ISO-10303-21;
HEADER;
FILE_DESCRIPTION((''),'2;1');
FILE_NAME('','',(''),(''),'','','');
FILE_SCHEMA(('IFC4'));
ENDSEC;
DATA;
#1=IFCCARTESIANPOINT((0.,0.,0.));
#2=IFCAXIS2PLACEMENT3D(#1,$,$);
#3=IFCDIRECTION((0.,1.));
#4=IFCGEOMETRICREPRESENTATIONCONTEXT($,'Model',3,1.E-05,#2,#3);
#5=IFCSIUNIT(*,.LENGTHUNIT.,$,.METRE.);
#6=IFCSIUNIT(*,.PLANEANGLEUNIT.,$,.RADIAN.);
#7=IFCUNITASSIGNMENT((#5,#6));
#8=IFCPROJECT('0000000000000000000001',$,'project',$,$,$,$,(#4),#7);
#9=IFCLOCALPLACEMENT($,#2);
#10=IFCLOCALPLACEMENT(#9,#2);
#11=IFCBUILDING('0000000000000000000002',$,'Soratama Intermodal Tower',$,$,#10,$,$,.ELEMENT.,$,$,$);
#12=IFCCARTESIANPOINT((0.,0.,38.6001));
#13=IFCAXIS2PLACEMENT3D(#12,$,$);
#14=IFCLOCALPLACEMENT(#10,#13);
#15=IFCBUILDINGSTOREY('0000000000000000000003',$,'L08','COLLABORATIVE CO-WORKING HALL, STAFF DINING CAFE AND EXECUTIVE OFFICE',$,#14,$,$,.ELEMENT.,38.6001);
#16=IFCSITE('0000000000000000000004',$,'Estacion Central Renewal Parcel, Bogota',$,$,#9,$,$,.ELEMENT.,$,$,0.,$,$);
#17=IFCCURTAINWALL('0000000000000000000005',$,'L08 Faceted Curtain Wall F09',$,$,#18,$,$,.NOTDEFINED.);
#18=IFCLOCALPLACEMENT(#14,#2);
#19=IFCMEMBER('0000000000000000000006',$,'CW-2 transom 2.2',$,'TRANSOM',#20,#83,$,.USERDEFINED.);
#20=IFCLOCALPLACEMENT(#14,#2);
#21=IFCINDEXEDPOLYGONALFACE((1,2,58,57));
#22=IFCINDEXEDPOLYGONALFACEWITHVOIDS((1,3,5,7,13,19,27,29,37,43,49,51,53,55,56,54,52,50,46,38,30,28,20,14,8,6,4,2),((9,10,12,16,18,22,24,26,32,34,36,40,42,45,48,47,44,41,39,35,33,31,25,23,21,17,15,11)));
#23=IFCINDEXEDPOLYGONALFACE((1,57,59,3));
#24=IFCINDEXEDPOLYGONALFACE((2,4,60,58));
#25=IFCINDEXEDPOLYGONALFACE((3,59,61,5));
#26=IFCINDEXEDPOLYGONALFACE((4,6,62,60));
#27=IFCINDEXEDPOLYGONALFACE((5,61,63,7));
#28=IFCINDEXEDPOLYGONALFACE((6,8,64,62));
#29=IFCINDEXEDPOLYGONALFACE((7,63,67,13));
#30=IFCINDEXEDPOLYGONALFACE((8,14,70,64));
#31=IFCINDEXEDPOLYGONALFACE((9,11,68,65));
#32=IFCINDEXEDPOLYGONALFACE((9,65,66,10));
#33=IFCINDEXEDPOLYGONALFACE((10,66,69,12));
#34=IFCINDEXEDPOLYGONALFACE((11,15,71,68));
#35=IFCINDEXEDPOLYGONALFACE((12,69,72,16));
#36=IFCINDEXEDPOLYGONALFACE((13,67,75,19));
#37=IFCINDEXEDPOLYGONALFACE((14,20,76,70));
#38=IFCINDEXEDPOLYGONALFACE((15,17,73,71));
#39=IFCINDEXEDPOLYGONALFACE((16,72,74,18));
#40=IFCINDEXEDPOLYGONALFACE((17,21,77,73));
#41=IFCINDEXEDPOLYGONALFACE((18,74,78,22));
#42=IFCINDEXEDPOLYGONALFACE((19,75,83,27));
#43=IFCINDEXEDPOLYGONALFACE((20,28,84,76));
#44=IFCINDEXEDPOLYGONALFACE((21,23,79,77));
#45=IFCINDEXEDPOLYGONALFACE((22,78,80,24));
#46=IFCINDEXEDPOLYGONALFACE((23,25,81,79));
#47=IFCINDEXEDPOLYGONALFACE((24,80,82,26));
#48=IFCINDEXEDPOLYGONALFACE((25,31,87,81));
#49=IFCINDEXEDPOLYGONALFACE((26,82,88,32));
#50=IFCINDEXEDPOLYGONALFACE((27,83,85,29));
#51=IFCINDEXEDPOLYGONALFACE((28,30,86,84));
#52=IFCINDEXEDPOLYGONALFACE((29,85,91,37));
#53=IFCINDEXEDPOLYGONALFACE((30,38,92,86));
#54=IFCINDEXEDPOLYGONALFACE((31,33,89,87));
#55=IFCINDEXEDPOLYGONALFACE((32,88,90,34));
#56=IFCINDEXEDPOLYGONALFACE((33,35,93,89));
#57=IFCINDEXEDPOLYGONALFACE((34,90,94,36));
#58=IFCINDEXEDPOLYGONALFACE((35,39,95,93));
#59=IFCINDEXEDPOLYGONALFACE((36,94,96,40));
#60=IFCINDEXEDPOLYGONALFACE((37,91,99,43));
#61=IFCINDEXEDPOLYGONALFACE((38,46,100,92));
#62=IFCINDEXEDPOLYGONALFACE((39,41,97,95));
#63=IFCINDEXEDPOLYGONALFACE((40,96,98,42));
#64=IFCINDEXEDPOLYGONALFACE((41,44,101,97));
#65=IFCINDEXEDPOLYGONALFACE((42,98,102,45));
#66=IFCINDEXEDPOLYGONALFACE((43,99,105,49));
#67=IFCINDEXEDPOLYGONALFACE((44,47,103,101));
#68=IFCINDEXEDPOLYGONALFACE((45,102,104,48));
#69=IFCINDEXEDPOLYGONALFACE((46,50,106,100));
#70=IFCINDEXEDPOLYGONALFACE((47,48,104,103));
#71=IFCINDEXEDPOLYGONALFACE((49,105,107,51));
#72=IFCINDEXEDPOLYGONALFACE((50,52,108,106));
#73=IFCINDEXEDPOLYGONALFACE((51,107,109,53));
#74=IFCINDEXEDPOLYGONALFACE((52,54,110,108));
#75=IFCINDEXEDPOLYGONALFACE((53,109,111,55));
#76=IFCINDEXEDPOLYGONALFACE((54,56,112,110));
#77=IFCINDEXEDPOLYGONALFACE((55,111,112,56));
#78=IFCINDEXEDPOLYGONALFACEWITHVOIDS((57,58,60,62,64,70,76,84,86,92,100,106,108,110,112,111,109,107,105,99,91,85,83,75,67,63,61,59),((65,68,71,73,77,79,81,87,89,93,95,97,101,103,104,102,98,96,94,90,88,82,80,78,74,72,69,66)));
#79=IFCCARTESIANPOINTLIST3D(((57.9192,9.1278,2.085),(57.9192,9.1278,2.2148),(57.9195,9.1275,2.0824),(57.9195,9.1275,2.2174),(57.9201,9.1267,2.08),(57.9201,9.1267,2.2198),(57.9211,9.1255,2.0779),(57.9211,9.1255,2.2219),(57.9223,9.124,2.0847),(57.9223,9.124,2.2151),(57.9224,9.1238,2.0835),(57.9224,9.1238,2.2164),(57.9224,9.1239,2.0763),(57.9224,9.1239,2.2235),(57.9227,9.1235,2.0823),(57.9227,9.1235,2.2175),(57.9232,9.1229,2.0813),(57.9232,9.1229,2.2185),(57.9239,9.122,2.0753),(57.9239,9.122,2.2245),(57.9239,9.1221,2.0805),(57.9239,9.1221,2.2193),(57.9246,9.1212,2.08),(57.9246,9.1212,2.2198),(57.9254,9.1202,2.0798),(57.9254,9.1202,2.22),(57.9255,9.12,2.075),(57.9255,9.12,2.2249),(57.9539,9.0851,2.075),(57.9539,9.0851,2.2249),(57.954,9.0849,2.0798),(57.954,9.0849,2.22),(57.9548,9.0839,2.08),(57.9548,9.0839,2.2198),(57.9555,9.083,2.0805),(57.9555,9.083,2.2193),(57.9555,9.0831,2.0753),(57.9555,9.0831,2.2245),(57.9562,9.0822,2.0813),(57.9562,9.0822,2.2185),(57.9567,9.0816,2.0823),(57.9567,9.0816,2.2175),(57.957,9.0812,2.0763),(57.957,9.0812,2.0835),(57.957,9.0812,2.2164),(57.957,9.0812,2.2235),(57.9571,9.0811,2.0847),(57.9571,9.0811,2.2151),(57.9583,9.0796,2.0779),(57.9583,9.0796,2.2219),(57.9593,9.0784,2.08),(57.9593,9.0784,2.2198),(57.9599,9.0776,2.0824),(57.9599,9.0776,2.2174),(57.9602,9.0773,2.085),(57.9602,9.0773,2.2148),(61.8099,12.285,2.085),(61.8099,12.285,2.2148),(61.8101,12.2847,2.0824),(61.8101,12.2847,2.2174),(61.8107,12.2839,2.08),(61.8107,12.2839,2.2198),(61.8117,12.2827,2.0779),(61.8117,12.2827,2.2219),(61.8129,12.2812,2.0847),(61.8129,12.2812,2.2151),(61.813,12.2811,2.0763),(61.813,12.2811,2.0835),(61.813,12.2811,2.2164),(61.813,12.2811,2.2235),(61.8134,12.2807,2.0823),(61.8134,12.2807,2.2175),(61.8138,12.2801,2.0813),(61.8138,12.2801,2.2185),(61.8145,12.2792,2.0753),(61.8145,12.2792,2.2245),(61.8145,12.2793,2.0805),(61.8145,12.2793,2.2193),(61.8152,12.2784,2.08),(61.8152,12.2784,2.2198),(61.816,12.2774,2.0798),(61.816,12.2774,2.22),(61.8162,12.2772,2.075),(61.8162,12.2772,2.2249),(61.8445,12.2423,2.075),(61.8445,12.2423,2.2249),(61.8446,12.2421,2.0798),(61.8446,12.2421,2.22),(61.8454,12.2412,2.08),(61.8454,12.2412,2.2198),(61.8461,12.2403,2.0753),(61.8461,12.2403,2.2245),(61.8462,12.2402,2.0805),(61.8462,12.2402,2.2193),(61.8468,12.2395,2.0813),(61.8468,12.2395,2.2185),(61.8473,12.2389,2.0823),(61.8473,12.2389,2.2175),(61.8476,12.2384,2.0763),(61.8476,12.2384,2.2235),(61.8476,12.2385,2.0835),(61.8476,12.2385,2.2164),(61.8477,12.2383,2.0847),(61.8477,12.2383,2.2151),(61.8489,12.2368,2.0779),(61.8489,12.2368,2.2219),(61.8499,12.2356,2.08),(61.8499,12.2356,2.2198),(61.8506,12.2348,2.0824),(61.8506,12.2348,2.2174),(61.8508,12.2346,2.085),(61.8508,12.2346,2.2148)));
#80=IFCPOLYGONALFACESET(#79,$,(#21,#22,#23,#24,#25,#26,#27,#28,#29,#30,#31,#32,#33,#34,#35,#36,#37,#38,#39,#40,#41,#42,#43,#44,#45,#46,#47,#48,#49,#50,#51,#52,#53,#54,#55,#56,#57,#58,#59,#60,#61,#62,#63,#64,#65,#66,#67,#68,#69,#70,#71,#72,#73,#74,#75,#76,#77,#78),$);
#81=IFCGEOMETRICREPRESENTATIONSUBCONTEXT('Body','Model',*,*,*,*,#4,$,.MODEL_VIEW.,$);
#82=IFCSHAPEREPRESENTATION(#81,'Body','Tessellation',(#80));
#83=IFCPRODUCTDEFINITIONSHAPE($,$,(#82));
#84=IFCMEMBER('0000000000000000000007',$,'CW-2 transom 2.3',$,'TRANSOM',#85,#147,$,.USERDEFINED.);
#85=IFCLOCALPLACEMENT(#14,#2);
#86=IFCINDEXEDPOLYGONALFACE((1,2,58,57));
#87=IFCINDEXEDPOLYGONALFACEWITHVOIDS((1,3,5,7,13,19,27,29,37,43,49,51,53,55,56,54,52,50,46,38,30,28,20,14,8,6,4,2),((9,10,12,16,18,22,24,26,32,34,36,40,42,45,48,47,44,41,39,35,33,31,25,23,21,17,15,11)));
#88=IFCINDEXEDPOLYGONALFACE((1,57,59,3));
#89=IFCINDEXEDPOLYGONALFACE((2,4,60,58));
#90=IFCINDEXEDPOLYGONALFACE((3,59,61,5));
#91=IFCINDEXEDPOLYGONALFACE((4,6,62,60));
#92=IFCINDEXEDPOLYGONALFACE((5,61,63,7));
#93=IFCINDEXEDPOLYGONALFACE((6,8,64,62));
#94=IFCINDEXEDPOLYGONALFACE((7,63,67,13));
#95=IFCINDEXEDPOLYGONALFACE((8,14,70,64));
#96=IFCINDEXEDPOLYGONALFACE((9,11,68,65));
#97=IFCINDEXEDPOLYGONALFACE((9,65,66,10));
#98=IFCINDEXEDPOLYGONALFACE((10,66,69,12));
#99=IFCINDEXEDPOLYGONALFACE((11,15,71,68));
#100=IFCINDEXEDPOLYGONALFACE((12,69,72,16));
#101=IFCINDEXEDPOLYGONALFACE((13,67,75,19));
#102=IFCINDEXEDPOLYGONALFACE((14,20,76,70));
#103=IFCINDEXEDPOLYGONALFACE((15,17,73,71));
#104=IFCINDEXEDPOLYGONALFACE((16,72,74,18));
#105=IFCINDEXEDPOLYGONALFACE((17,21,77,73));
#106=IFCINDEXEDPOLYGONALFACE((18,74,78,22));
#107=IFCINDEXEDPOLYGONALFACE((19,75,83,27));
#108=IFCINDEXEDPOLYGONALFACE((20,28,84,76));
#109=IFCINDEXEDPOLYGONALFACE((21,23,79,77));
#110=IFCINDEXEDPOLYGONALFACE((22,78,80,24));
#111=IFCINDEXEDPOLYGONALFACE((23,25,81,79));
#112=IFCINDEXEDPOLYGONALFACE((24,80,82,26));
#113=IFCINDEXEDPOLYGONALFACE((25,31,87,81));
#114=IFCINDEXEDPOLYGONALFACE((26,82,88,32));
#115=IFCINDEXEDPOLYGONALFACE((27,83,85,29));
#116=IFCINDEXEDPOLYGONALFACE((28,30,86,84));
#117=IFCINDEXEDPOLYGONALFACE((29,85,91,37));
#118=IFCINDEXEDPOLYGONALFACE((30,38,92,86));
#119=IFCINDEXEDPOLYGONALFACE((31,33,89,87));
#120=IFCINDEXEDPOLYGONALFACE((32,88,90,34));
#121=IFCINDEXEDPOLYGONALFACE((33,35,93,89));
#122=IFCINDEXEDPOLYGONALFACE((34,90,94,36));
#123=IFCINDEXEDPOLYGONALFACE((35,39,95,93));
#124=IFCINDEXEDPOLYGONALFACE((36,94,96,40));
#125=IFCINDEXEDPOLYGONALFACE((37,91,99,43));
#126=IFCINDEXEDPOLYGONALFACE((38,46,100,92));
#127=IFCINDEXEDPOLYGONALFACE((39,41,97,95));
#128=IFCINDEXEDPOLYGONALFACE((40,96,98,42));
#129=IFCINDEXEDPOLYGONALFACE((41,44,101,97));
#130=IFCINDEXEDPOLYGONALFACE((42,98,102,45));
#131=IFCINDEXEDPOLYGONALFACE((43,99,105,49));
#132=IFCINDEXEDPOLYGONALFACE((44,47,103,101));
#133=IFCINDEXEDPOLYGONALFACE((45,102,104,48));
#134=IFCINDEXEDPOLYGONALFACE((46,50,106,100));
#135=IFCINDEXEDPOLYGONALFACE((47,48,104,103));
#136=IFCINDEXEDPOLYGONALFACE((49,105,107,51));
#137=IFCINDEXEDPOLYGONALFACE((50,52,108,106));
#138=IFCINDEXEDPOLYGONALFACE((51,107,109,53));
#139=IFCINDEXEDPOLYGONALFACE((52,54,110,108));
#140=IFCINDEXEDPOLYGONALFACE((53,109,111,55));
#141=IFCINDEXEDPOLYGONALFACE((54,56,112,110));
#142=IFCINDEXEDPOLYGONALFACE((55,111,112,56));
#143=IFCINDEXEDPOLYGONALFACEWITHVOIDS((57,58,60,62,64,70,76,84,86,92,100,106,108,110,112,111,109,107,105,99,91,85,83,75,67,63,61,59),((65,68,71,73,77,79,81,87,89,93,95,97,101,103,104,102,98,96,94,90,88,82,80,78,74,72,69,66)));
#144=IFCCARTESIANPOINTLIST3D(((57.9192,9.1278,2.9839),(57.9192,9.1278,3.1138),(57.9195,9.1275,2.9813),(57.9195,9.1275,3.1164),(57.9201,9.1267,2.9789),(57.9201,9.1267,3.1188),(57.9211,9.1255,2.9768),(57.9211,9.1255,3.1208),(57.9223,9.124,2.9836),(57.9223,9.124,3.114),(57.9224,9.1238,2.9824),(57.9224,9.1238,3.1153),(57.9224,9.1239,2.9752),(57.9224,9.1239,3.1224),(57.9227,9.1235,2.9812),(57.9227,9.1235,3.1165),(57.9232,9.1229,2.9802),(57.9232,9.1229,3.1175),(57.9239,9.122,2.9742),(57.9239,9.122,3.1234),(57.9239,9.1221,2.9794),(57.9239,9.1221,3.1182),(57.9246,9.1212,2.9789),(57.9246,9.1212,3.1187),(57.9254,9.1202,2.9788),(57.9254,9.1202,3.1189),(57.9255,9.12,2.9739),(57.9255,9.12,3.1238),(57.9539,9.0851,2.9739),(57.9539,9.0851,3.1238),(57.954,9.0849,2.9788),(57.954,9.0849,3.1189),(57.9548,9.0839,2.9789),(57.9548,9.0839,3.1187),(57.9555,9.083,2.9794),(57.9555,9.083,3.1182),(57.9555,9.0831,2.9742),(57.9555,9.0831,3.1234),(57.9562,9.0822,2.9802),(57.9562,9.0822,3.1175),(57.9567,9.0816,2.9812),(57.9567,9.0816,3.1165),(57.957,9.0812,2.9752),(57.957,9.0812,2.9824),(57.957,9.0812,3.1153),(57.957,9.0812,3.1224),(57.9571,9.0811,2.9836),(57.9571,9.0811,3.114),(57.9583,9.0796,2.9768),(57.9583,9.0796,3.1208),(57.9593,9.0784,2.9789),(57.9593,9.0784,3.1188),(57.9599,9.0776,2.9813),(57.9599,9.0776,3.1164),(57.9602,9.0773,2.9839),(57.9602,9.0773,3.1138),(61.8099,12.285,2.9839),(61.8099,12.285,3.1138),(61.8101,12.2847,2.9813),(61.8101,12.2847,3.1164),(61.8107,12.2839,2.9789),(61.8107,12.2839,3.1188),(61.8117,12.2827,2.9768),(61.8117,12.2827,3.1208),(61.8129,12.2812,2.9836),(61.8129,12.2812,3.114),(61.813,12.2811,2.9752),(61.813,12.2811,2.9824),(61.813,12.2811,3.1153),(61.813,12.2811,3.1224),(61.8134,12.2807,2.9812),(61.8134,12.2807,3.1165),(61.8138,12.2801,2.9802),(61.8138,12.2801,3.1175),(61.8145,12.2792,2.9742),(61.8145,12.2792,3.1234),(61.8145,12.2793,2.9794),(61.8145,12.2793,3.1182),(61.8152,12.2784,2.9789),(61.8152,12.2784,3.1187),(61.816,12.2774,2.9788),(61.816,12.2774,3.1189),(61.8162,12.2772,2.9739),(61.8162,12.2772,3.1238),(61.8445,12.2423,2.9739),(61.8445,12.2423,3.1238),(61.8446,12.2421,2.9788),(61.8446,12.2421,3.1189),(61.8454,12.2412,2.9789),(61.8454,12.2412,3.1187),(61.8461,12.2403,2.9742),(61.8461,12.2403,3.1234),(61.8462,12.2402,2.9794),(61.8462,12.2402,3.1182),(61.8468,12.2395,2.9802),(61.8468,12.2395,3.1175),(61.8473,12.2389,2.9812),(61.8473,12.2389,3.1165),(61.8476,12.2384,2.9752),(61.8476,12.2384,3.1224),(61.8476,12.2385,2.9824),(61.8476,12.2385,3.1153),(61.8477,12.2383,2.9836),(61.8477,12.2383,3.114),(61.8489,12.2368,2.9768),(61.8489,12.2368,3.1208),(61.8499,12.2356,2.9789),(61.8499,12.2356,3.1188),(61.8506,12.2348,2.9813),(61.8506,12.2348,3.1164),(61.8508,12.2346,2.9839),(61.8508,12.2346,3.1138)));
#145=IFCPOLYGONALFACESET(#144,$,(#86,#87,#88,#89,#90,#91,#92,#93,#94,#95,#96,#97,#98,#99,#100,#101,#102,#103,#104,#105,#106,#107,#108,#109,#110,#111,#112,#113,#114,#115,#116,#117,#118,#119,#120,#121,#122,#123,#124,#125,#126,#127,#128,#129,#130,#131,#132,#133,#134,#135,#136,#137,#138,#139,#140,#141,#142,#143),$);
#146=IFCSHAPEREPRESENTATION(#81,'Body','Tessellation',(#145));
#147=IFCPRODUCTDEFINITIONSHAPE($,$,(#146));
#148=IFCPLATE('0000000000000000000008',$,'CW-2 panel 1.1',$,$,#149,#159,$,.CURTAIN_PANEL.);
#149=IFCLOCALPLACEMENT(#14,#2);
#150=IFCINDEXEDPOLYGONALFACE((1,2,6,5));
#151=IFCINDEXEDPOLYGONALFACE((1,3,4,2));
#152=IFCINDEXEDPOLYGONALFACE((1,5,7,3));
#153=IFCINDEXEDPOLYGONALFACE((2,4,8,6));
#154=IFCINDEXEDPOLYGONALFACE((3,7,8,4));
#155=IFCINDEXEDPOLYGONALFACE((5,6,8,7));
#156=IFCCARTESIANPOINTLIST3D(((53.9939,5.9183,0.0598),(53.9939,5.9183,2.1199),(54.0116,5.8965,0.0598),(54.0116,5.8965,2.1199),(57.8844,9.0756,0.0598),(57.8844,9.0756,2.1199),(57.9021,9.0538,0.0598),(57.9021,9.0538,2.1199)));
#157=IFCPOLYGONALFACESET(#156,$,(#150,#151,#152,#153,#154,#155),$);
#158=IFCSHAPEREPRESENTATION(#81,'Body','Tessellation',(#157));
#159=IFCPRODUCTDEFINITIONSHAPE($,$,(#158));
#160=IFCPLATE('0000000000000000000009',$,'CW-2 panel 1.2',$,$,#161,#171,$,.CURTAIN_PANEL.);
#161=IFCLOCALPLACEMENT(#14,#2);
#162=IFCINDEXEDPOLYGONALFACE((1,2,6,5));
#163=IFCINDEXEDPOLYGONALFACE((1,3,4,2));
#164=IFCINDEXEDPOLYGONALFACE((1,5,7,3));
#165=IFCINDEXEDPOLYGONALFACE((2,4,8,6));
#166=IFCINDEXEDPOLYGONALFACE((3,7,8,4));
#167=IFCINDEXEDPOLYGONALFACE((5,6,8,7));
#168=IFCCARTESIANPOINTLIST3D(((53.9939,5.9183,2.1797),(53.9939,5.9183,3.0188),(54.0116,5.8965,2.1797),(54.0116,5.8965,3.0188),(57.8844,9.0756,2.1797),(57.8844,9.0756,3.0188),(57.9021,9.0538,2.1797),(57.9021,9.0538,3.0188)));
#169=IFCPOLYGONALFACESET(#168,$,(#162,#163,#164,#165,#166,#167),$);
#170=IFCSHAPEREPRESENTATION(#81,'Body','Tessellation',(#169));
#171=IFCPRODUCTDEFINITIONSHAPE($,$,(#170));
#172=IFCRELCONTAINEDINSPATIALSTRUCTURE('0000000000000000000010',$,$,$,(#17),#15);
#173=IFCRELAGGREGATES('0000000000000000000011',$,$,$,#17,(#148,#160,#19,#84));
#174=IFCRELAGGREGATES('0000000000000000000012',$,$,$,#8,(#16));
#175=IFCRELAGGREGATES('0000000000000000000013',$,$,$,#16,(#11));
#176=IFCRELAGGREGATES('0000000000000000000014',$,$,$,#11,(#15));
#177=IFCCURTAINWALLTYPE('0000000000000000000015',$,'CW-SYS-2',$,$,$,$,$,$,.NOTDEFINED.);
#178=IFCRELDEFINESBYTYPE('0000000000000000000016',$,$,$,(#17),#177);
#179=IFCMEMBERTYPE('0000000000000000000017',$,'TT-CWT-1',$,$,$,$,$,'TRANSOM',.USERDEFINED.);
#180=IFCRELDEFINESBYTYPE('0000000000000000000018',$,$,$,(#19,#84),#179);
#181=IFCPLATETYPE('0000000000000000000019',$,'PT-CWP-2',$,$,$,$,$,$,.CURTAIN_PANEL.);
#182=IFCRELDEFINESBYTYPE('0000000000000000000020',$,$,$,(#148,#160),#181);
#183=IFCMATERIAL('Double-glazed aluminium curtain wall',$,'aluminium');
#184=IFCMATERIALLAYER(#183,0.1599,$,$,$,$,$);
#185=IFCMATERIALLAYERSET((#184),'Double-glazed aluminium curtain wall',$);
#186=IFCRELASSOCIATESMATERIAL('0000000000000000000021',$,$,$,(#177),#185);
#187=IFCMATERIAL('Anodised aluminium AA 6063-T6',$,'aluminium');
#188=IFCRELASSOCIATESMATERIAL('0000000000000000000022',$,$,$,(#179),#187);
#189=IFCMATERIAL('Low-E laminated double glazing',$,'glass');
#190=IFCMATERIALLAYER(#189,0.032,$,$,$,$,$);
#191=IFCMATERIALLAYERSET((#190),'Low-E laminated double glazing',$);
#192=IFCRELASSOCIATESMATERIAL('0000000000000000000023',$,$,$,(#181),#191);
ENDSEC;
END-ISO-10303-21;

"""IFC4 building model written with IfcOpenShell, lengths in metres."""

from ifc_helpers import new_model, si_unit, direction, frame, origin, origin_2d, place, context, subcontext, project, spatial, rectangle, hollow_rectangle, extrude, material, layer, layer_set, material_profile, profile_set, type_object, element, aggregate, save


model = new_model("IFC4")

# Units and contexts
model_context = context("Model", 3, precision=1e-05, world=origin(), true_north=direction((0.0, 1.0)))
body_context = subcontext(model_context, "Body", "Model", "MODEL_VIEW")
ifc_project = project(units=[si_unit("LENGTHUNIT", "METRE"), si_unit("PLANEANGLEUNIT", "RADIAN")], contexts=[model_context])

# Site, building, storey
site_placement = place(None, origin())
site = spatial("IfcSite", under=ifc_project, at=site_placement, Name="Estacion Central Renewal Parcel, Bogota", CompositionType="ELEMENT", RefElevation=0.0)
building_placement = place(site_placement, origin())
building = spatial("IfcBuilding", under=site, at=building_placement, Name="Soratama Intermodal Tower", CompositionType="ELEMENT")
storey_placement = place(building_placement, frame((0.0, 0.0, 38.6001)))
storey = spatial("IfcBuildingStorey", under=building, at=storey_placement, Name="L08", Description="COLLABORATIVE CO-WORKING HALL, STAFF DINING CAFE AND EXECUTIVE OFFICE", CompositionType="ELEMENT", Elevation=38.6001)

# Curtain wall, members, plates
ifc_material_1 = material(Name="Double-glazed aluminium curtain wall", Category="aluminium")
ifc_layer_1 = layer(ifc_material_1, 0.1599)
ifc_layer_set_1 = layer_set([ifc_layer_1], Name="Double-glazed aluminium curtain wall")
curtain_wall_type = type_object("IfcCurtainWallType", Name="CW-SYS-2", PredefinedType="NOTDEFINED", material=ifc_layer_set_1)
curtain_wall_placement = place(storey_placement, origin())
curtain_wall = element("IfcCurtainWall", 1, at=curtain_wall_placement, inside=storey, type_object=curtain_wall_type, Name="L08 Faceted Curtain Wall F09", PredefinedType="NOTDEFINED")
ifc_material_2 = material(Name="Anodised aluminium AA 6063-T6", Category="aluminium")
ifc_material_profile_1 = material_profile(ifc_material_2, hollow_rectangle(XDim=0.0649, YDim=0.1499, WallThickness=0.0049, InnerFilletRadius=0.0049, OuterFilletRadius=0.01, at=origin_2d()), Name="CWT150X65X5")
ifc_profile_set_1 = profile_set([ifc_material_profile_1], Name="Anodised aluminium AA 6063-T6")
member_type_1 = type_object("IfcMemberType", Name="TT-CWT-1", ElementType="TRANSOM", PredefinedType="USERDEFINED", material=ifc_profile_set_1)
member_1_placement = place(storey_placement, frame((57.9397, 9.1025, 2.1499), z_axis=(0.776495, 0.630123, 0.0), x_axis=(-0.630123, 0.776495, 0.0)))
member_1 = element("IfcMember", 2, at=member_1_placement, type_object=member_type_1, Name="CW-2 transom 2.2", ObjectType="TRANSOM", PredefinedType="USERDEFINED", context=body_context, shape_type="SweptSolid", body=[
    extrude(hollow_rectangle(XDim=0.0649, YDim=0.1499, WallThickness=0.0049, InnerFilletRadius=0.0049, OuterFilletRadius=0.01, at=origin_2d()), origin(), (0.0, 0.0, 1.0), 5.0105),
])
member_2_placement = place(storey_placement, frame((57.9397, 9.1025, 3.0488), z_axis=(0.776495, 0.630123, 0.0), x_axis=(-0.630123, 0.776495, 0.0)))
member_2 = element("IfcMember", 3, at=member_2_placement, type_object=member_type_1, Name="CW-2 transom 2.3", ObjectType="TRANSOM", PredefinedType="USERDEFINED", context=body_context, shape_type="SweptSolid", body=[
    extrude(hollow_rectangle(XDim=0.0649, YDim=0.1499, WallThickness=0.0049, InnerFilletRadius=0.0049, OuterFilletRadius=0.01, at=origin_2d()), origin(), (0.0, 0.0, 1.0), 5.0105),
])
ifc_material_3 = material(Name="Low-E laminated double glazing", Category="glass")
ifc_layer_2 = layer(ifc_material_3, 0.032)
ifc_layer_set_2 = layer_set([ifc_layer_2], Name="Low-E laminated double glazing")
plate_type = type_object("IfcPlateType", Name="PT-CWP-2", PredefinedType="CURTAIN_PANEL", material=ifc_layer_set_2)
plate_1_placement = place(storey_placement, frame((55.948, 7.4861, 0.0598), z_axis=(0.0, 0.0, 1.0), x_axis=(0.776484, 0.630137, 0.0)))
plate_1 = element("IfcPlate", 4, at=plate_1_placement, type_object=plate_type, Name="CW-2 panel 1.1", PredefinedType="CURTAIN_PANEL", context=body_context, shape_type="SweptSolid", body=[
    extrude(rectangle(XDim=5.0105, YDim=0.0281, at=origin_2d()), origin(), (0.0, 0.0, 1.0), 2.0601),
])
plate_2_placement = place(storey_placement, frame((55.948, 7.4861, 2.1797), z_axis=(0.0, 0.0, 1.0), x_axis=(0.776484, 0.630137, 0.0)))
plate_2 = element("IfcPlate", 5, at=plate_2_placement, type_object=plate_type, Name="CW-2 panel 1.2", PredefinedType="CURTAIN_PANEL", context=body_context, shape_type="SweptSolid", body=[
    extrude(rectangle(XDim=5.0105, YDim=0.0281, at=origin_2d()), origin(), (0.0, 0.0, 1.0), 0.8391),
])
aggregate(curtain_wall, [plate_1, plate_2, member_1, member_2])

save(model, "model.ifc")
